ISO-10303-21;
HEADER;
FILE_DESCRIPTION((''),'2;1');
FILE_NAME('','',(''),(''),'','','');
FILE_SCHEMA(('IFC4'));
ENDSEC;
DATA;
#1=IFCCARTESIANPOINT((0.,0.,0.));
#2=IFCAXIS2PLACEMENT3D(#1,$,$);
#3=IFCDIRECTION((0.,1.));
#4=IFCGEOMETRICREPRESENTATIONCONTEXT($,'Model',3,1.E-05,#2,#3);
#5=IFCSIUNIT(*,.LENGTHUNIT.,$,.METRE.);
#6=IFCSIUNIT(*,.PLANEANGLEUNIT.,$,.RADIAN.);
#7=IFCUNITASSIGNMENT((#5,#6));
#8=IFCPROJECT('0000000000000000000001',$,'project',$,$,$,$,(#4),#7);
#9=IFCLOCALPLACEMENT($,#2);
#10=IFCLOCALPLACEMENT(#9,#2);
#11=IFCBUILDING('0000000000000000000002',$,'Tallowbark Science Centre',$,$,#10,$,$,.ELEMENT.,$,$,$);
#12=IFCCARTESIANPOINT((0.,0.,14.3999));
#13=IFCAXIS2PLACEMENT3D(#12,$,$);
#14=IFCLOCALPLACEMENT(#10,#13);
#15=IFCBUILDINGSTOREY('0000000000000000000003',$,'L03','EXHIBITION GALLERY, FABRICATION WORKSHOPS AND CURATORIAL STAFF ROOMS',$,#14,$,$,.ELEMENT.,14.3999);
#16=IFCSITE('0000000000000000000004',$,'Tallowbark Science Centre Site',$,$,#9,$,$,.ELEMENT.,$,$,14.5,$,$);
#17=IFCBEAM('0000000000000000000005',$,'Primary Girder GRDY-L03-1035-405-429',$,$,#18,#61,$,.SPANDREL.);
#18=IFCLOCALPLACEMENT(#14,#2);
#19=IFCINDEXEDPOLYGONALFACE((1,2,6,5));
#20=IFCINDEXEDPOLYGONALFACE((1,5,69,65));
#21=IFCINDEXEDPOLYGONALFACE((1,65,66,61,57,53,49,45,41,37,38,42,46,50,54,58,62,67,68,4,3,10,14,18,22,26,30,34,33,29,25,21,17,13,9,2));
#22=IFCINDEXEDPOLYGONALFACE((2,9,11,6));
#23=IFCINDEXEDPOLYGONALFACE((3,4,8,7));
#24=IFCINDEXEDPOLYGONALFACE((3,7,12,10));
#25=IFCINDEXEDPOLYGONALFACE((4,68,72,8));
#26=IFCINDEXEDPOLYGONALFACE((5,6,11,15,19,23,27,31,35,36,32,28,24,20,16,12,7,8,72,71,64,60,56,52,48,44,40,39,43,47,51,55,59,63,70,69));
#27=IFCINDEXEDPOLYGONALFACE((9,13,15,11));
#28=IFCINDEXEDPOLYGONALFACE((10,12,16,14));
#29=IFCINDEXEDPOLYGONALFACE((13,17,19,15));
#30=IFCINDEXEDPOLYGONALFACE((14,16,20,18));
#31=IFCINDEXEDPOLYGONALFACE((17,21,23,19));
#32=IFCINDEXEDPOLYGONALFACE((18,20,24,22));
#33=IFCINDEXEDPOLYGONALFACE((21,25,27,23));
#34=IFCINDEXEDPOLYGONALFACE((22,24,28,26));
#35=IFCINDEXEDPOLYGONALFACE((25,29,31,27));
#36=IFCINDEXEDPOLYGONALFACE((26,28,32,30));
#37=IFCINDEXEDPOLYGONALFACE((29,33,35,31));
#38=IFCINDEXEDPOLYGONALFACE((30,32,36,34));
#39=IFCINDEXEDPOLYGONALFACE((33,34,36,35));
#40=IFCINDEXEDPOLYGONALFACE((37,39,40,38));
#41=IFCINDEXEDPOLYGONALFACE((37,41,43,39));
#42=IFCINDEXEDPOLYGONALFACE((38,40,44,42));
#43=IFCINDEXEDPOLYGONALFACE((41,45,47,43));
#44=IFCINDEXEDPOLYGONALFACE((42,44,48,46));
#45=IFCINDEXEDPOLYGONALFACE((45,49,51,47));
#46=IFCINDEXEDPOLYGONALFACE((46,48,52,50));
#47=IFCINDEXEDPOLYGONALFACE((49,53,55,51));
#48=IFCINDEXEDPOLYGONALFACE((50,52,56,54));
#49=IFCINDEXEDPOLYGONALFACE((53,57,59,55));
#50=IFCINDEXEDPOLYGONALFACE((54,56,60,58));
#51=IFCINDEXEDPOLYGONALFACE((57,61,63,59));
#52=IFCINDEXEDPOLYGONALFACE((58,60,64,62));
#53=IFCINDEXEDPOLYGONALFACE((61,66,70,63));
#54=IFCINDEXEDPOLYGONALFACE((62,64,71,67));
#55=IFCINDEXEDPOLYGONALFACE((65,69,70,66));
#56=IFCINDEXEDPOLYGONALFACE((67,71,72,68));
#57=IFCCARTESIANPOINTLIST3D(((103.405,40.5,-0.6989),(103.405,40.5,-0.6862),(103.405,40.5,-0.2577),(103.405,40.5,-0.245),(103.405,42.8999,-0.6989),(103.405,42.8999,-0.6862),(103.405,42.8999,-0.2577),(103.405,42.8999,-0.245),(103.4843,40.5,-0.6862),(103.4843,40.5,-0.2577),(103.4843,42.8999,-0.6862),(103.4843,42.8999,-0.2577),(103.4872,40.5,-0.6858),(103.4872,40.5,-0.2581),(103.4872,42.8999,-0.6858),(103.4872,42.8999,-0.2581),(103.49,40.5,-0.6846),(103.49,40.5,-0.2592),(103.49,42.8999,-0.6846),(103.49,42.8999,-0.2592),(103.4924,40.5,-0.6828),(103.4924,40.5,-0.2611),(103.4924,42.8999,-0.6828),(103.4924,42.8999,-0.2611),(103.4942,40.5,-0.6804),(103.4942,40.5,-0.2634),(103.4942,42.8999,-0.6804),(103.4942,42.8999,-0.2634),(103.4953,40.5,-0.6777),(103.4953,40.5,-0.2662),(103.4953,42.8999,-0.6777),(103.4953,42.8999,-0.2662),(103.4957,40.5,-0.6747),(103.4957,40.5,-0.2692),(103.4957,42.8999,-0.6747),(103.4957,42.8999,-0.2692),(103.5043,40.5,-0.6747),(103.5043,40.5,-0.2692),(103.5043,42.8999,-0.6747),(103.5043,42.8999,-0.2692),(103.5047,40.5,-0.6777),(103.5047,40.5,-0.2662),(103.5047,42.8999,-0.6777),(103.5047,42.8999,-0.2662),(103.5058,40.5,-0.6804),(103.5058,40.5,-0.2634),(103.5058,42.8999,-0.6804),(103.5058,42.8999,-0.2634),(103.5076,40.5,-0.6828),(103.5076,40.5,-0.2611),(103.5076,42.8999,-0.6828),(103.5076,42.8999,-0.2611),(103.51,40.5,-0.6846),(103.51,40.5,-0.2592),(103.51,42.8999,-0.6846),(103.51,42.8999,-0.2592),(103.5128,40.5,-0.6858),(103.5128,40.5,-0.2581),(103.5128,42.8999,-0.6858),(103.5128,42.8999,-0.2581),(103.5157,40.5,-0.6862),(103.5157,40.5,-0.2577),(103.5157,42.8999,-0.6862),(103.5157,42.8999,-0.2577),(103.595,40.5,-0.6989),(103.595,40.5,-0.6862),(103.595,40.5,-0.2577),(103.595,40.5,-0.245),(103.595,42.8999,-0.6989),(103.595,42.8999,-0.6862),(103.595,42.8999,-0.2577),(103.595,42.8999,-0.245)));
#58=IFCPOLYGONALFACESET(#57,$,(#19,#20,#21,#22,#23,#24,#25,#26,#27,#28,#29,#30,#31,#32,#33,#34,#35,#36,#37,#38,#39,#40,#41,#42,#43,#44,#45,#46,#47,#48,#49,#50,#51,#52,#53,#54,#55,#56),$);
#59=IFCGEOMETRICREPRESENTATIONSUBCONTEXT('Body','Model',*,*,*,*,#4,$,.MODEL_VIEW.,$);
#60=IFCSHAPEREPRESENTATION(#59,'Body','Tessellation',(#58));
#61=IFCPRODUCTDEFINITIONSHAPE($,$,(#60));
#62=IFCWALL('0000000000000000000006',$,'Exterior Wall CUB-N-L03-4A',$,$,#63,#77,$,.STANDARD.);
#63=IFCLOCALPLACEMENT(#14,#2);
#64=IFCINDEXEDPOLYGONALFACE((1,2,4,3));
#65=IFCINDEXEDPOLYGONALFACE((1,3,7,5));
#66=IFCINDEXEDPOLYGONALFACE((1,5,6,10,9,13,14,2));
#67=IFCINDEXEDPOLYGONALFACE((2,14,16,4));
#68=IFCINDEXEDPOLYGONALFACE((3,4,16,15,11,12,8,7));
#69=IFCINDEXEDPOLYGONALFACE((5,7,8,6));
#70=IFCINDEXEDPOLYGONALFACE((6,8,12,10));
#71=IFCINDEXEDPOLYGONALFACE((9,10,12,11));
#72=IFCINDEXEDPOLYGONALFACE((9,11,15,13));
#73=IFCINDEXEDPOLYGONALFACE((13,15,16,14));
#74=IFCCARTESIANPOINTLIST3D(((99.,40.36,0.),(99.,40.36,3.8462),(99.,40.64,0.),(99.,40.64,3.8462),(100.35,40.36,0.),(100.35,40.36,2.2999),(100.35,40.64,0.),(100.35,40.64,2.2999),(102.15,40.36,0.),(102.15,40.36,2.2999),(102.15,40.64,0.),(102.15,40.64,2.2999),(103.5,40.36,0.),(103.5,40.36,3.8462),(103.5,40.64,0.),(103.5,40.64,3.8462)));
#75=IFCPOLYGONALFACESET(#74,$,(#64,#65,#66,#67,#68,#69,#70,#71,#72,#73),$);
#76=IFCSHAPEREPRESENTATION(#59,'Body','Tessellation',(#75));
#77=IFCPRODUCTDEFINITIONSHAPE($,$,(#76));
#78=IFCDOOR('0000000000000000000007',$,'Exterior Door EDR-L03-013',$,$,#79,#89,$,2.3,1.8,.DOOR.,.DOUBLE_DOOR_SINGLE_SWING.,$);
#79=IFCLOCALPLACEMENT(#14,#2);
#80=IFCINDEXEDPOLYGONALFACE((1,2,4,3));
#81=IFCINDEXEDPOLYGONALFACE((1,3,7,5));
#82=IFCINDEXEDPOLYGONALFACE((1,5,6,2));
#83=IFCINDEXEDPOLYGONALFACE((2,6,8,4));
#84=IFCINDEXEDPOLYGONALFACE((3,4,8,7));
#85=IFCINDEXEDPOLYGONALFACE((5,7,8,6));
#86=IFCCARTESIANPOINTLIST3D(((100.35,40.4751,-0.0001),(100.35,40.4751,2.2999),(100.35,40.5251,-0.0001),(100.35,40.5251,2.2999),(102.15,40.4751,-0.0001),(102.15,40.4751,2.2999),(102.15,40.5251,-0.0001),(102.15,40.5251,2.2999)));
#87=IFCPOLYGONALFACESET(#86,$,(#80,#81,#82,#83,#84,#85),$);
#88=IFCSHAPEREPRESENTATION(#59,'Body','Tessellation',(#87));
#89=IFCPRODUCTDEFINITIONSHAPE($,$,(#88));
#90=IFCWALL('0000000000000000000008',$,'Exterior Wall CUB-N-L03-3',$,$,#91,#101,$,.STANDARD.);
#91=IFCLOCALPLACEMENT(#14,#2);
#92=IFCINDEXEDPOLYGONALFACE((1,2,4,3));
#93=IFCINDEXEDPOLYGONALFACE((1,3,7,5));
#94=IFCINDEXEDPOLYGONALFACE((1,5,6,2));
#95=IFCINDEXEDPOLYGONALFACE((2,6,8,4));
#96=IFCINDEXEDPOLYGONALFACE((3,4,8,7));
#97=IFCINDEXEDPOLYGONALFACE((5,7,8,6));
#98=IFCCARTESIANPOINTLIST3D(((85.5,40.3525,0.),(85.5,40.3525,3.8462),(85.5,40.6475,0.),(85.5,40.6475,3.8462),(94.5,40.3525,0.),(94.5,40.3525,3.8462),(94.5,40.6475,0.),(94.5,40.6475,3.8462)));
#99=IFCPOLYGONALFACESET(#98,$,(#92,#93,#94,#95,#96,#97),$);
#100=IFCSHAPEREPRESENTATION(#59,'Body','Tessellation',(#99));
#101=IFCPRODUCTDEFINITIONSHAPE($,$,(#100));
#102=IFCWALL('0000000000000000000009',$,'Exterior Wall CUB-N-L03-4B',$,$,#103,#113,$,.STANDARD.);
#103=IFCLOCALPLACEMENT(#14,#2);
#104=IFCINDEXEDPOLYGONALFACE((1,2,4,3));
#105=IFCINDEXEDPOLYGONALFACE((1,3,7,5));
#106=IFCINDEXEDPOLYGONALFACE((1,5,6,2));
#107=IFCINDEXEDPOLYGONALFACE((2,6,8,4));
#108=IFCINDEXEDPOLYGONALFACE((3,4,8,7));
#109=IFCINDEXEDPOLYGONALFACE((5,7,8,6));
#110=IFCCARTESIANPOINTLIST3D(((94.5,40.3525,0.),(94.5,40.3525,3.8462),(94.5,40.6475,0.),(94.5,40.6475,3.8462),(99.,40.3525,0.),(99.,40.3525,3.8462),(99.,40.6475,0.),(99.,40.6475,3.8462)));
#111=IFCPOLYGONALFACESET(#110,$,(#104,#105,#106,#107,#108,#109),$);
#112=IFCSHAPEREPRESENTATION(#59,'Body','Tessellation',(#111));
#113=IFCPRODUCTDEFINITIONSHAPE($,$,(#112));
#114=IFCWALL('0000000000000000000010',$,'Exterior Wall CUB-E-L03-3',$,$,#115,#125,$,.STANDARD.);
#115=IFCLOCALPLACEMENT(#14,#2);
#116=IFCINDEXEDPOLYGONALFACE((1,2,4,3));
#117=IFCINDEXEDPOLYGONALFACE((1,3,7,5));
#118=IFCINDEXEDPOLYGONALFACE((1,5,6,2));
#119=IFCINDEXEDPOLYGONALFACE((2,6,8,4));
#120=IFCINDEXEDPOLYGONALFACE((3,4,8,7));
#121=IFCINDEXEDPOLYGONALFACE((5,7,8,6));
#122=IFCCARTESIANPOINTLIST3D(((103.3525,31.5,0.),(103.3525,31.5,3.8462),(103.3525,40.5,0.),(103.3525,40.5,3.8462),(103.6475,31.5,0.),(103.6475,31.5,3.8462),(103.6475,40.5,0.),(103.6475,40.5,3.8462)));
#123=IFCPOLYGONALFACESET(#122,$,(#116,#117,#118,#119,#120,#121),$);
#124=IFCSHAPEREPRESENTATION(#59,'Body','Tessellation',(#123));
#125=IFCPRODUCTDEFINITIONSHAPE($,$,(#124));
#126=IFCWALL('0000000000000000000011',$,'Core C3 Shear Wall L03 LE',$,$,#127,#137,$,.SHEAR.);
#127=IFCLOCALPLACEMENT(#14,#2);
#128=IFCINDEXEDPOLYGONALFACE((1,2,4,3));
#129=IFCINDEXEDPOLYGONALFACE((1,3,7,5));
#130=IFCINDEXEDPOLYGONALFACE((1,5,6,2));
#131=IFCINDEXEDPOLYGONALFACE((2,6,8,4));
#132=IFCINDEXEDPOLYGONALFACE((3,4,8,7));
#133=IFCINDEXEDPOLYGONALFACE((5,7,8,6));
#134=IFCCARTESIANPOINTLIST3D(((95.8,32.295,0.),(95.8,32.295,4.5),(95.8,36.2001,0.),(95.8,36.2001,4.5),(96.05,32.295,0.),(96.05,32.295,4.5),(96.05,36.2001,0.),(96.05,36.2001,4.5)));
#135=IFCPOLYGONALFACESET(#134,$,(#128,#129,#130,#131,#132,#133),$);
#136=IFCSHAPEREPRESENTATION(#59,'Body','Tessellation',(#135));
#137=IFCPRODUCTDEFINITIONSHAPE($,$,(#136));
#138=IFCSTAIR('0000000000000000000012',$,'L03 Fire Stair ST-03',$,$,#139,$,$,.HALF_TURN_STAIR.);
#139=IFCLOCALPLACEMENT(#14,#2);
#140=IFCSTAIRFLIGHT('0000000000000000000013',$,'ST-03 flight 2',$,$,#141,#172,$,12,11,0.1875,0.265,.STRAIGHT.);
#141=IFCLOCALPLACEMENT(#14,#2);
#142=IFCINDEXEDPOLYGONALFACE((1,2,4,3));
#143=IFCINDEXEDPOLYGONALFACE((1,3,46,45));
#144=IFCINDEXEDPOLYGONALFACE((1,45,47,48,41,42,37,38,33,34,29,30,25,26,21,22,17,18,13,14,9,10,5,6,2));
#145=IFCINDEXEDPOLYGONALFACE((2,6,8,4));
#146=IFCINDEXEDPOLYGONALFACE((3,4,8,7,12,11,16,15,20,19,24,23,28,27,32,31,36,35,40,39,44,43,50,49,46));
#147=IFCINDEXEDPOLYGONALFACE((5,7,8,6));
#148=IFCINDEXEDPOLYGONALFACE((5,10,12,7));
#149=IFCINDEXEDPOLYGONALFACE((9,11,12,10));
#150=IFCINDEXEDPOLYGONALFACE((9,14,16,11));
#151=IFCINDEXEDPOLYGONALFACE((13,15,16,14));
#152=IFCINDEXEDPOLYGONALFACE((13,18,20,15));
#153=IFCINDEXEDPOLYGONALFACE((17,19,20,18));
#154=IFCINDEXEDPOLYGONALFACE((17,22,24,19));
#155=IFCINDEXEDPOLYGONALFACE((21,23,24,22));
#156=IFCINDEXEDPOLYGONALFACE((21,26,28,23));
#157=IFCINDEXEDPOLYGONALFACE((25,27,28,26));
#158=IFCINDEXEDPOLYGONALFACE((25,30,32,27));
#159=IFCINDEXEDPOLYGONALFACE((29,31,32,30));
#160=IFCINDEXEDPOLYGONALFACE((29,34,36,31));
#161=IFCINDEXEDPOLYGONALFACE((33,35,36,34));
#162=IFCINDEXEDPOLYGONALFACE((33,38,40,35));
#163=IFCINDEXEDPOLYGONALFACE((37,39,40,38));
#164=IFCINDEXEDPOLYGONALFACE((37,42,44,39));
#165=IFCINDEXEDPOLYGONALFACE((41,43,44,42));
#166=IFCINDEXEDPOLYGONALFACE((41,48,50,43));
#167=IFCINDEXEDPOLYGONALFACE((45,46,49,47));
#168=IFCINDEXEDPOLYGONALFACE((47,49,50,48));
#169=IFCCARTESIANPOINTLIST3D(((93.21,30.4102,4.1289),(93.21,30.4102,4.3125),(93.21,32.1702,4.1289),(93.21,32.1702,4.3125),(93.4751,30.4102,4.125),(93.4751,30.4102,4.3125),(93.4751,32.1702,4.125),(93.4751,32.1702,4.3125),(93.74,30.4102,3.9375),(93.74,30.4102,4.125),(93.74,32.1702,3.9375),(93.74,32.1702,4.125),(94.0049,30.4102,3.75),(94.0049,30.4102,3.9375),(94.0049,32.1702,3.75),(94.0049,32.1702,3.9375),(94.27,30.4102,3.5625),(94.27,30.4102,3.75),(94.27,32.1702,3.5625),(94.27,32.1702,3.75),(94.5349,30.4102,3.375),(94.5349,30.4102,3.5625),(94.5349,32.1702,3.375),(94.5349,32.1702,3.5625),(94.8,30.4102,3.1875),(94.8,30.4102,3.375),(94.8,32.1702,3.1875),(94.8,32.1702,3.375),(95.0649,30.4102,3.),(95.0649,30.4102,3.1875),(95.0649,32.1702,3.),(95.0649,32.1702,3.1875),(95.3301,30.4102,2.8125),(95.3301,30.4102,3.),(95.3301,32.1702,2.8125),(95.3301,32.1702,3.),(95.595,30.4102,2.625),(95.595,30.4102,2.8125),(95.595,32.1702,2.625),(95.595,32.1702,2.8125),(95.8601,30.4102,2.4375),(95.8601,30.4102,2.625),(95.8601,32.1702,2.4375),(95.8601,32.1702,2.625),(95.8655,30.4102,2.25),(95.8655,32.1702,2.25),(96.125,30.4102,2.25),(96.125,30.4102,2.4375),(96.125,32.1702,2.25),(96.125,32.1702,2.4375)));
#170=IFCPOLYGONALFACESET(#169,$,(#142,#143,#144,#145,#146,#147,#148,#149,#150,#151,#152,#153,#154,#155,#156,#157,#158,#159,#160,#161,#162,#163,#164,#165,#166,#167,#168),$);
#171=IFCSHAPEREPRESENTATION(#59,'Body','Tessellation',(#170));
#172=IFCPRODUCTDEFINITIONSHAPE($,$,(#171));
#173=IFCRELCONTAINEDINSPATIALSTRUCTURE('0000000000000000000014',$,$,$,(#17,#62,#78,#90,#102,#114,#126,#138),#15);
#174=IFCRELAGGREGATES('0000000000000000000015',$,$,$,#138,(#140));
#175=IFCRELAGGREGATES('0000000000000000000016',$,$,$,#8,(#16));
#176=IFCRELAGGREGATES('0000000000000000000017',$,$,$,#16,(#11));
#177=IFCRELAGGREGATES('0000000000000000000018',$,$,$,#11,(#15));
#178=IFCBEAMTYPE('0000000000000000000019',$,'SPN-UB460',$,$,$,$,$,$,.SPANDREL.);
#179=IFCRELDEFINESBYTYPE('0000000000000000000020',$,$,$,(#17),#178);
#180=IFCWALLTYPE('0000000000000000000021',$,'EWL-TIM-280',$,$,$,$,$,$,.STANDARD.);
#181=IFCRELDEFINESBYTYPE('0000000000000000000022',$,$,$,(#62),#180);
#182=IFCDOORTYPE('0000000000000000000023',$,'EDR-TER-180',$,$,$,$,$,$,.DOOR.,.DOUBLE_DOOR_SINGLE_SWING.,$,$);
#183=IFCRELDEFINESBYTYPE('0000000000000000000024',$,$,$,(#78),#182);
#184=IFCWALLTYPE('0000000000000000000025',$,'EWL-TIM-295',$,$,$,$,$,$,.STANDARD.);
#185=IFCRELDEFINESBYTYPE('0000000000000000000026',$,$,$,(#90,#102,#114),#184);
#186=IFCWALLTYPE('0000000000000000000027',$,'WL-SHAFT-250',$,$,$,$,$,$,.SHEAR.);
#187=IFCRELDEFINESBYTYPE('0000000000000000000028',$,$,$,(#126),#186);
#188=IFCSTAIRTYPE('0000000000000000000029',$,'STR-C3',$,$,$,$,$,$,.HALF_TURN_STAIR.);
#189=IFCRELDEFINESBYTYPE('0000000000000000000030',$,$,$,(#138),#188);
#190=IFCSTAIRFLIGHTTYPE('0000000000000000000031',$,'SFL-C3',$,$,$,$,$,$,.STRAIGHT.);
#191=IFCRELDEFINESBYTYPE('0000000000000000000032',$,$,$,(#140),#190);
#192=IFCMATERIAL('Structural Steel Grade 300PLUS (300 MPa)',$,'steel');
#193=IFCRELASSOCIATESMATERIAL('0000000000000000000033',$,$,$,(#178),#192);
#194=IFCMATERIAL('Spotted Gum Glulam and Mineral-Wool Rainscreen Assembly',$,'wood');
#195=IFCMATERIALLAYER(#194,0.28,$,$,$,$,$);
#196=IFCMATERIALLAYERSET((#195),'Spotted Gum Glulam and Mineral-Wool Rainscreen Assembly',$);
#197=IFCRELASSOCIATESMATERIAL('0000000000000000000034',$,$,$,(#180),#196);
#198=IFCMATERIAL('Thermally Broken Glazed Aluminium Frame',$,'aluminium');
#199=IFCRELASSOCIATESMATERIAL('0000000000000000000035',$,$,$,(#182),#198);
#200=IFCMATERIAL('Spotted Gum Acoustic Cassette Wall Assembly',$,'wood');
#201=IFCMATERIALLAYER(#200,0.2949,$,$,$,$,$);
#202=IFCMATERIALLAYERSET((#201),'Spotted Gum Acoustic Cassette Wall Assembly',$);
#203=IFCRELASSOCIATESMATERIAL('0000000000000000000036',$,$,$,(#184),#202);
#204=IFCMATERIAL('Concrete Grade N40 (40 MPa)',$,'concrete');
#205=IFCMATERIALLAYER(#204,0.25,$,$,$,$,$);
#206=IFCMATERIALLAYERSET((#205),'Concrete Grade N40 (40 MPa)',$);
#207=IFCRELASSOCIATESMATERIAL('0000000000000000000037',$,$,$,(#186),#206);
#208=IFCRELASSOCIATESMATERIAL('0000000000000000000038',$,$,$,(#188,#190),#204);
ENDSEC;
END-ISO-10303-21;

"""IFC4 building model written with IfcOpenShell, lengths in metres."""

from ifc_helpers import new_model, si_unit, direction, frame, frame_2d, origin, origin_2d, place, context, subcontext, project, spatial, polyline, rectangle, i_section, outline, extrude, material, layer, layer_set, material_profile, profile_set, type_object, element, fill, aggregate, save


model = new_model("IFC4")

# Units and contexts
model_context = context("Model", 3, precision=1e-05, world=origin(), true_north=direction((0.0, 1.0)))
body_context = subcontext(model_context, "Body", "Model", "MODEL_VIEW")
ifc_project = project(units=[si_unit("LENGTHUNIT", "METRE"), si_unit("PLANEANGLEUNIT", "RADIAN")], contexts=[model_context])

# Site, building, storey
site_placement = place(None, origin())
site = spatial("IfcSite", under=ifc_project, at=site_placement, Name="Tallowbark Science Centre Site", CompositionType="ELEMENT", RefElevation=14.5)
building_placement = place(site_placement, origin())
building = spatial("IfcBuilding", under=site, at=building_placement, Name="Tallowbark Science Centre", CompositionType="ELEMENT")
storey_placement = place(building_placement, frame((0.0, 0.0, 14.3999)))
storey = spatial("IfcBuildingStorey", under=building, at=storey_placement, Name="L03", Description="EXHIBITION GALLERY, FABRICATION WORKSHOPS AND CURATORIAL STAFF ROOMS", CompositionType="ELEMENT", Elevation=14.3999)

# Shared definitions
ifc_material_1 = material(Name="Structural Steel Grade 300PLUS (300 MPa)", Category="steel")

# Beam
ifc_material_profile_1 = material_profile(ifc_material_1, i_section(OverallWidth=0.1899, OverallDepth=0.4539, WebThickness=0.0085, FlangeThickness=0.0127, FilletRadius=0.0115, at=origin_2d()), Name="460UB67.1")
ifc_profile_set_1 = profile_set([ifc_material_profile_1], Name="Structural Steel Grade 300PLUS (300 MPa)")
beam_type_1 = type_object("IfcBeamType", Name="SPN-UB460", PredefinedType="SPANDREL", material=ifc_profile_set_1)
beam_1_placement = place(storey_placement, frame((103.5, 40.5, -0.4719), z_axis=(0.0, 1.0, 0.0), x_axis=(-1.0, 0.0, 0.0)))
element("IfcBeam", 1, at=beam_1_placement, inside=storey, type_object=beam_type_1, Name="Primary Girder GRDY-L03-1035-405-429", PredefinedType="SPANDREL", context=body_context, shape_type="SweptSolid", body=[
    extrude(i_section(OverallWidth=0.1899, OverallDepth=0.4539, WebThickness=0.0085, FlangeThickness=0.0127, FilletRadius=0.0115, at=origin_2d()), origin(), (0.0, 0.0, 1.0), 2.3999),
])

# Wall, opening, door
ifc_material_2 = material(Name="Spotted Gum Glulam and Mineral-Wool Rainscreen Assembly", Category="wood")
ifc_layer_1 = layer(ifc_material_2, 0.28)
ifc_layer_set_1 = layer_set([ifc_layer_1], Name="Spotted Gum Glulam and Mineral-Wool Rainscreen Assembly")
wall_type_1 = type_object("IfcWallType", Name="EWL-TIM-280", PredefinedType="STANDARD", material=ifc_layer_set_1)
wall_1_placement = place(storey_placement, frame((103.5, 40.5, 0.0), z_axis=(0.0, 0.0, 1.0), x_axis=(-1.0, 0.0, 0.0)))
wall_1 = element("IfcWall", 2, at=wall_1_placement, inside=storey, type_object=wall_type_1, Name="Exterior Wall CUB-N-L03-4A", PredefinedType="STANDARD", context=body_context, shape_type="SweptSolid", body=[
    extrude(rectangle(XDim=4.5, YDim=0.28, at=frame_2d((2.25, 0.0))), origin(), (0.0, 0.0, 1.0), 3.8462),
])
opening_placement = place(wall_1_placement, frame((1.3501, 0.0, 0.0)))
opening = element("IfcOpeningElement", 3, at=opening_placement, cuts=wall_1, PredefinedType="OPENING", context=body_context, shape_type="SweptSolid", body=[
    extrude(rectangle(XDim=1.8, YDim=2.3, at=frame_2d((0.8999, 1.1499))), frame((0.0, 0.1499, 0.0), z_axis=(0.0, -1.0, 0.0), x_axis=(1.0, 0.0, 0.0)), (0.0, 0.0, 1.0), 0.3),
])
ifc_material_3 = material(Name="Thermally Broken Glazed Aluminium Frame", Category="aluminium")
door_type = type_object("IfcDoorType", Name="EDR-TER-180", OperationType="DOUBLE_DOOR_SINGLE_SWING", PredefinedType="DOOR", material=ifc_material_3)
door_placement = place(opening_placement, origin())
door = element("IfcDoor", 4, at=door_placement, inside=storey, type_object=door_type, Name="Exterior Door EDR-L03-013", OperationType="DOUBLE_DOOR_SINGLE_SWING", OverallHeight=2.3, OverallWidth=1.8, PredefinedType="DOOR", context=body_context, shape_type="SweptSolid", body=[
    extrude(rectangle(XDim=1.8, YDim=2.3, at=frame_2d((0.8999, 1.1499))), frame((0.0, 0.0249, 0.0), z_axis=(0.0, -1.0, 0.0), x_axis=(1.0, 0.0, 0.0)), (0.0, 0.0, 1.0), 0.05),
])
fill(opening, door)

# Walls
ifc_material_4 = material(Name="Spotted Gum Acoustic Cassette Wall Assembly", Category="wood")
ifc_layer_2 = layer(ifc_material_4, 0.2949)
ifc_layer_set_2 = layer_set([ifc_layer_2], Name="Spotted Gum Acoustic Cassette Wall Assembly")
wall_type_2 = type_object("IfcWallType", Name="EWL-TIM-295", PredefinedType="STANDARD", material=ifc_layer_set_2)
wall_2_placement = place(storey_placement, frame((94.5, 40.5, 0.0), z_axis=(0.0, 0.0, 1.0), x_axis=(-1.0, 0.0, 0.0)))
element("IfcWall", 5, at=wall_2_placement, inside=storey, type_object=wall_type_2, Name="Exterior Wall CUB-N-L03-3", PredefinedType="STANDARD", context=body_context, shape_type="SweptSolid", body=[
    extrude(rectangle(XDim=9.0, YDim=0.2949, at=frame_2d((4.5, 0.0))), origin(), (0.0, 0.0, 1.0), 3.8462),
])
wall_3_placement = place(storey_placement, frame((99.0, 40.5, 0.0), z_axis=(0.0, 0.0, 1.0), x_axis=(-1.0, 0.0, 0.0)))
element("IfcWall", 6, at=wall_3_placement, inside=storey, type_object=wall_type_2, Name="Exterior Wall CUB-N-L03-4B", PredefinedType="STANDARD", context=body_context, shape_type="SweptSolid", body=[
    extrude(rectangle(XDim=4.5, YDim=0.2949, at=frame_2d((2.25, 0.0))), origin(), (0.0, 0.0, 1.0), 3.8462),
])
wall_4_placement = place(storey_placement, frame((103.5, 31.5, 0.0), z_axis=(0.0, 0.0, 1.0), x_axis=(0.0, 1.0, 0.0)))
element("IfcWall", 7, at=wall_4_placement, inside=storey, type_object=wall_type_2, Name="Exterior Wall CUB-E-L03-3", PredefinedType="STANDARD", context=body_context, shape_type="SweptSolid", body=[
    extrude(rectangle(XDim=9.0, YDim=0.2949, at=frame_2d((4.5, 0.0))), origin(), (0.0, 0.0, 1.0), 3.8462),
])
ifc_material_5 = material(Name="Concrete Grade N40 (40 MPa)", Category="concrete")
ifc_layer_3 = layer(ifc_material_5, 0.25)
ifc_layer_set_3 = layer_set([ifc_layer_3], Name="Concrete Grade N40 (40 MPa)")
wall_type_3 = type_object("IfcWallType", Name="WL-SHAFT-250", PredefinedType="SHEAR", material=ifc_layer_set_3)
wall_5_placement = place(storey_placement, frame((95.925, 32.2949, 0.0), z_axis=(0.0, 0.0, 1.0), x_axis=(0.0, 1.0, 0.0)))
element("IfcWall", 8, at=wall_5_placement, inside=storey, type_object=wall_type_3, Name="Core C3 Shear Wall L03 LE", PredefinedType="SHEAR", context=body_context, shape_type="SweptSolid", body=[
    extrude(rectangle(XDim=3.905, YDim=0.25, at=frame_2d((1.9526, 0.0))), origin(), (0.0, 0.0, 1.0), 4.5),
])

# Stair, stair flight
stair_type = type_object("IfcStairType", Name="STR-C3", PredefinedType="HALF_TURN_STAIR", material=ifc_material_5)
stair_placement = place(storey_placement, origin())
stair = element("IfcStair", 9, at=stair_placement, inside=storey, type_object=stair_type, Name="L03 Fire Stair ST-03", PredefinedType="HALF_TURN_STAIR")
stair_flight_type = type_object("IfcStairFlightType", Name="SFL-C3", PredefinedType="STRAIGHT", material=ifc_material_5)
stair_flight_placement = place(storey_placement, frame((96.125, 31.29, 2.25), z_axis=(0.0, 0.0, 1.0), x_axis=(-1.0, 0.0, 0.0)))
stair_flight = element("IfcStairFlight", 10, at=stair_flight_placement, type_object=stair_flight_type, Name="ST-03 flight 2", NumberOfRisers=12, NumberOfTreads=11, PredefinedType="STRAIGHT", RiserHeight=0.1875, TreadLength=0.265, context=body_context, shape_type="SweptSolid", body=[
    extrude(outline(polyline([(0.0, 0.0), (0.0, 0.1875), (0.2649, 0.1875), (0.2649, 0.375), (0.53, 0.375), (0.53, 0.5625), (0.7949, 0.5625), (0.7949, 0.75), (1.0601, 0.75), (1.0601, 0.9375), (1.325, 0.9375), (1.325, 1.125), (1.5901, 1.125), (1.5901, 1.3125), (1.855, 1.3125), (1.855, 1.5), (2.1201, 1.5), (2.1201, 1.6875), (2.385, 1.6875), (2.385, 1.875), (2.6499, 1.875), (2.6499, 2.0625), (2.915, 2.0625), (2.915, 2.25), (2.915, 1.8789), (0.2595, 0.0), (0.0, 0.0)])), frame((0.0, 0.8799, 0.0), z_axis=(0.0, -1.0, 0.0), x_axis=(1.0, 0.0, 0.0)), (0.0, 0.0, 1.0), 1.76),
])
aggregate(stair, [stair_flight])

save(model, "model.ifc")
